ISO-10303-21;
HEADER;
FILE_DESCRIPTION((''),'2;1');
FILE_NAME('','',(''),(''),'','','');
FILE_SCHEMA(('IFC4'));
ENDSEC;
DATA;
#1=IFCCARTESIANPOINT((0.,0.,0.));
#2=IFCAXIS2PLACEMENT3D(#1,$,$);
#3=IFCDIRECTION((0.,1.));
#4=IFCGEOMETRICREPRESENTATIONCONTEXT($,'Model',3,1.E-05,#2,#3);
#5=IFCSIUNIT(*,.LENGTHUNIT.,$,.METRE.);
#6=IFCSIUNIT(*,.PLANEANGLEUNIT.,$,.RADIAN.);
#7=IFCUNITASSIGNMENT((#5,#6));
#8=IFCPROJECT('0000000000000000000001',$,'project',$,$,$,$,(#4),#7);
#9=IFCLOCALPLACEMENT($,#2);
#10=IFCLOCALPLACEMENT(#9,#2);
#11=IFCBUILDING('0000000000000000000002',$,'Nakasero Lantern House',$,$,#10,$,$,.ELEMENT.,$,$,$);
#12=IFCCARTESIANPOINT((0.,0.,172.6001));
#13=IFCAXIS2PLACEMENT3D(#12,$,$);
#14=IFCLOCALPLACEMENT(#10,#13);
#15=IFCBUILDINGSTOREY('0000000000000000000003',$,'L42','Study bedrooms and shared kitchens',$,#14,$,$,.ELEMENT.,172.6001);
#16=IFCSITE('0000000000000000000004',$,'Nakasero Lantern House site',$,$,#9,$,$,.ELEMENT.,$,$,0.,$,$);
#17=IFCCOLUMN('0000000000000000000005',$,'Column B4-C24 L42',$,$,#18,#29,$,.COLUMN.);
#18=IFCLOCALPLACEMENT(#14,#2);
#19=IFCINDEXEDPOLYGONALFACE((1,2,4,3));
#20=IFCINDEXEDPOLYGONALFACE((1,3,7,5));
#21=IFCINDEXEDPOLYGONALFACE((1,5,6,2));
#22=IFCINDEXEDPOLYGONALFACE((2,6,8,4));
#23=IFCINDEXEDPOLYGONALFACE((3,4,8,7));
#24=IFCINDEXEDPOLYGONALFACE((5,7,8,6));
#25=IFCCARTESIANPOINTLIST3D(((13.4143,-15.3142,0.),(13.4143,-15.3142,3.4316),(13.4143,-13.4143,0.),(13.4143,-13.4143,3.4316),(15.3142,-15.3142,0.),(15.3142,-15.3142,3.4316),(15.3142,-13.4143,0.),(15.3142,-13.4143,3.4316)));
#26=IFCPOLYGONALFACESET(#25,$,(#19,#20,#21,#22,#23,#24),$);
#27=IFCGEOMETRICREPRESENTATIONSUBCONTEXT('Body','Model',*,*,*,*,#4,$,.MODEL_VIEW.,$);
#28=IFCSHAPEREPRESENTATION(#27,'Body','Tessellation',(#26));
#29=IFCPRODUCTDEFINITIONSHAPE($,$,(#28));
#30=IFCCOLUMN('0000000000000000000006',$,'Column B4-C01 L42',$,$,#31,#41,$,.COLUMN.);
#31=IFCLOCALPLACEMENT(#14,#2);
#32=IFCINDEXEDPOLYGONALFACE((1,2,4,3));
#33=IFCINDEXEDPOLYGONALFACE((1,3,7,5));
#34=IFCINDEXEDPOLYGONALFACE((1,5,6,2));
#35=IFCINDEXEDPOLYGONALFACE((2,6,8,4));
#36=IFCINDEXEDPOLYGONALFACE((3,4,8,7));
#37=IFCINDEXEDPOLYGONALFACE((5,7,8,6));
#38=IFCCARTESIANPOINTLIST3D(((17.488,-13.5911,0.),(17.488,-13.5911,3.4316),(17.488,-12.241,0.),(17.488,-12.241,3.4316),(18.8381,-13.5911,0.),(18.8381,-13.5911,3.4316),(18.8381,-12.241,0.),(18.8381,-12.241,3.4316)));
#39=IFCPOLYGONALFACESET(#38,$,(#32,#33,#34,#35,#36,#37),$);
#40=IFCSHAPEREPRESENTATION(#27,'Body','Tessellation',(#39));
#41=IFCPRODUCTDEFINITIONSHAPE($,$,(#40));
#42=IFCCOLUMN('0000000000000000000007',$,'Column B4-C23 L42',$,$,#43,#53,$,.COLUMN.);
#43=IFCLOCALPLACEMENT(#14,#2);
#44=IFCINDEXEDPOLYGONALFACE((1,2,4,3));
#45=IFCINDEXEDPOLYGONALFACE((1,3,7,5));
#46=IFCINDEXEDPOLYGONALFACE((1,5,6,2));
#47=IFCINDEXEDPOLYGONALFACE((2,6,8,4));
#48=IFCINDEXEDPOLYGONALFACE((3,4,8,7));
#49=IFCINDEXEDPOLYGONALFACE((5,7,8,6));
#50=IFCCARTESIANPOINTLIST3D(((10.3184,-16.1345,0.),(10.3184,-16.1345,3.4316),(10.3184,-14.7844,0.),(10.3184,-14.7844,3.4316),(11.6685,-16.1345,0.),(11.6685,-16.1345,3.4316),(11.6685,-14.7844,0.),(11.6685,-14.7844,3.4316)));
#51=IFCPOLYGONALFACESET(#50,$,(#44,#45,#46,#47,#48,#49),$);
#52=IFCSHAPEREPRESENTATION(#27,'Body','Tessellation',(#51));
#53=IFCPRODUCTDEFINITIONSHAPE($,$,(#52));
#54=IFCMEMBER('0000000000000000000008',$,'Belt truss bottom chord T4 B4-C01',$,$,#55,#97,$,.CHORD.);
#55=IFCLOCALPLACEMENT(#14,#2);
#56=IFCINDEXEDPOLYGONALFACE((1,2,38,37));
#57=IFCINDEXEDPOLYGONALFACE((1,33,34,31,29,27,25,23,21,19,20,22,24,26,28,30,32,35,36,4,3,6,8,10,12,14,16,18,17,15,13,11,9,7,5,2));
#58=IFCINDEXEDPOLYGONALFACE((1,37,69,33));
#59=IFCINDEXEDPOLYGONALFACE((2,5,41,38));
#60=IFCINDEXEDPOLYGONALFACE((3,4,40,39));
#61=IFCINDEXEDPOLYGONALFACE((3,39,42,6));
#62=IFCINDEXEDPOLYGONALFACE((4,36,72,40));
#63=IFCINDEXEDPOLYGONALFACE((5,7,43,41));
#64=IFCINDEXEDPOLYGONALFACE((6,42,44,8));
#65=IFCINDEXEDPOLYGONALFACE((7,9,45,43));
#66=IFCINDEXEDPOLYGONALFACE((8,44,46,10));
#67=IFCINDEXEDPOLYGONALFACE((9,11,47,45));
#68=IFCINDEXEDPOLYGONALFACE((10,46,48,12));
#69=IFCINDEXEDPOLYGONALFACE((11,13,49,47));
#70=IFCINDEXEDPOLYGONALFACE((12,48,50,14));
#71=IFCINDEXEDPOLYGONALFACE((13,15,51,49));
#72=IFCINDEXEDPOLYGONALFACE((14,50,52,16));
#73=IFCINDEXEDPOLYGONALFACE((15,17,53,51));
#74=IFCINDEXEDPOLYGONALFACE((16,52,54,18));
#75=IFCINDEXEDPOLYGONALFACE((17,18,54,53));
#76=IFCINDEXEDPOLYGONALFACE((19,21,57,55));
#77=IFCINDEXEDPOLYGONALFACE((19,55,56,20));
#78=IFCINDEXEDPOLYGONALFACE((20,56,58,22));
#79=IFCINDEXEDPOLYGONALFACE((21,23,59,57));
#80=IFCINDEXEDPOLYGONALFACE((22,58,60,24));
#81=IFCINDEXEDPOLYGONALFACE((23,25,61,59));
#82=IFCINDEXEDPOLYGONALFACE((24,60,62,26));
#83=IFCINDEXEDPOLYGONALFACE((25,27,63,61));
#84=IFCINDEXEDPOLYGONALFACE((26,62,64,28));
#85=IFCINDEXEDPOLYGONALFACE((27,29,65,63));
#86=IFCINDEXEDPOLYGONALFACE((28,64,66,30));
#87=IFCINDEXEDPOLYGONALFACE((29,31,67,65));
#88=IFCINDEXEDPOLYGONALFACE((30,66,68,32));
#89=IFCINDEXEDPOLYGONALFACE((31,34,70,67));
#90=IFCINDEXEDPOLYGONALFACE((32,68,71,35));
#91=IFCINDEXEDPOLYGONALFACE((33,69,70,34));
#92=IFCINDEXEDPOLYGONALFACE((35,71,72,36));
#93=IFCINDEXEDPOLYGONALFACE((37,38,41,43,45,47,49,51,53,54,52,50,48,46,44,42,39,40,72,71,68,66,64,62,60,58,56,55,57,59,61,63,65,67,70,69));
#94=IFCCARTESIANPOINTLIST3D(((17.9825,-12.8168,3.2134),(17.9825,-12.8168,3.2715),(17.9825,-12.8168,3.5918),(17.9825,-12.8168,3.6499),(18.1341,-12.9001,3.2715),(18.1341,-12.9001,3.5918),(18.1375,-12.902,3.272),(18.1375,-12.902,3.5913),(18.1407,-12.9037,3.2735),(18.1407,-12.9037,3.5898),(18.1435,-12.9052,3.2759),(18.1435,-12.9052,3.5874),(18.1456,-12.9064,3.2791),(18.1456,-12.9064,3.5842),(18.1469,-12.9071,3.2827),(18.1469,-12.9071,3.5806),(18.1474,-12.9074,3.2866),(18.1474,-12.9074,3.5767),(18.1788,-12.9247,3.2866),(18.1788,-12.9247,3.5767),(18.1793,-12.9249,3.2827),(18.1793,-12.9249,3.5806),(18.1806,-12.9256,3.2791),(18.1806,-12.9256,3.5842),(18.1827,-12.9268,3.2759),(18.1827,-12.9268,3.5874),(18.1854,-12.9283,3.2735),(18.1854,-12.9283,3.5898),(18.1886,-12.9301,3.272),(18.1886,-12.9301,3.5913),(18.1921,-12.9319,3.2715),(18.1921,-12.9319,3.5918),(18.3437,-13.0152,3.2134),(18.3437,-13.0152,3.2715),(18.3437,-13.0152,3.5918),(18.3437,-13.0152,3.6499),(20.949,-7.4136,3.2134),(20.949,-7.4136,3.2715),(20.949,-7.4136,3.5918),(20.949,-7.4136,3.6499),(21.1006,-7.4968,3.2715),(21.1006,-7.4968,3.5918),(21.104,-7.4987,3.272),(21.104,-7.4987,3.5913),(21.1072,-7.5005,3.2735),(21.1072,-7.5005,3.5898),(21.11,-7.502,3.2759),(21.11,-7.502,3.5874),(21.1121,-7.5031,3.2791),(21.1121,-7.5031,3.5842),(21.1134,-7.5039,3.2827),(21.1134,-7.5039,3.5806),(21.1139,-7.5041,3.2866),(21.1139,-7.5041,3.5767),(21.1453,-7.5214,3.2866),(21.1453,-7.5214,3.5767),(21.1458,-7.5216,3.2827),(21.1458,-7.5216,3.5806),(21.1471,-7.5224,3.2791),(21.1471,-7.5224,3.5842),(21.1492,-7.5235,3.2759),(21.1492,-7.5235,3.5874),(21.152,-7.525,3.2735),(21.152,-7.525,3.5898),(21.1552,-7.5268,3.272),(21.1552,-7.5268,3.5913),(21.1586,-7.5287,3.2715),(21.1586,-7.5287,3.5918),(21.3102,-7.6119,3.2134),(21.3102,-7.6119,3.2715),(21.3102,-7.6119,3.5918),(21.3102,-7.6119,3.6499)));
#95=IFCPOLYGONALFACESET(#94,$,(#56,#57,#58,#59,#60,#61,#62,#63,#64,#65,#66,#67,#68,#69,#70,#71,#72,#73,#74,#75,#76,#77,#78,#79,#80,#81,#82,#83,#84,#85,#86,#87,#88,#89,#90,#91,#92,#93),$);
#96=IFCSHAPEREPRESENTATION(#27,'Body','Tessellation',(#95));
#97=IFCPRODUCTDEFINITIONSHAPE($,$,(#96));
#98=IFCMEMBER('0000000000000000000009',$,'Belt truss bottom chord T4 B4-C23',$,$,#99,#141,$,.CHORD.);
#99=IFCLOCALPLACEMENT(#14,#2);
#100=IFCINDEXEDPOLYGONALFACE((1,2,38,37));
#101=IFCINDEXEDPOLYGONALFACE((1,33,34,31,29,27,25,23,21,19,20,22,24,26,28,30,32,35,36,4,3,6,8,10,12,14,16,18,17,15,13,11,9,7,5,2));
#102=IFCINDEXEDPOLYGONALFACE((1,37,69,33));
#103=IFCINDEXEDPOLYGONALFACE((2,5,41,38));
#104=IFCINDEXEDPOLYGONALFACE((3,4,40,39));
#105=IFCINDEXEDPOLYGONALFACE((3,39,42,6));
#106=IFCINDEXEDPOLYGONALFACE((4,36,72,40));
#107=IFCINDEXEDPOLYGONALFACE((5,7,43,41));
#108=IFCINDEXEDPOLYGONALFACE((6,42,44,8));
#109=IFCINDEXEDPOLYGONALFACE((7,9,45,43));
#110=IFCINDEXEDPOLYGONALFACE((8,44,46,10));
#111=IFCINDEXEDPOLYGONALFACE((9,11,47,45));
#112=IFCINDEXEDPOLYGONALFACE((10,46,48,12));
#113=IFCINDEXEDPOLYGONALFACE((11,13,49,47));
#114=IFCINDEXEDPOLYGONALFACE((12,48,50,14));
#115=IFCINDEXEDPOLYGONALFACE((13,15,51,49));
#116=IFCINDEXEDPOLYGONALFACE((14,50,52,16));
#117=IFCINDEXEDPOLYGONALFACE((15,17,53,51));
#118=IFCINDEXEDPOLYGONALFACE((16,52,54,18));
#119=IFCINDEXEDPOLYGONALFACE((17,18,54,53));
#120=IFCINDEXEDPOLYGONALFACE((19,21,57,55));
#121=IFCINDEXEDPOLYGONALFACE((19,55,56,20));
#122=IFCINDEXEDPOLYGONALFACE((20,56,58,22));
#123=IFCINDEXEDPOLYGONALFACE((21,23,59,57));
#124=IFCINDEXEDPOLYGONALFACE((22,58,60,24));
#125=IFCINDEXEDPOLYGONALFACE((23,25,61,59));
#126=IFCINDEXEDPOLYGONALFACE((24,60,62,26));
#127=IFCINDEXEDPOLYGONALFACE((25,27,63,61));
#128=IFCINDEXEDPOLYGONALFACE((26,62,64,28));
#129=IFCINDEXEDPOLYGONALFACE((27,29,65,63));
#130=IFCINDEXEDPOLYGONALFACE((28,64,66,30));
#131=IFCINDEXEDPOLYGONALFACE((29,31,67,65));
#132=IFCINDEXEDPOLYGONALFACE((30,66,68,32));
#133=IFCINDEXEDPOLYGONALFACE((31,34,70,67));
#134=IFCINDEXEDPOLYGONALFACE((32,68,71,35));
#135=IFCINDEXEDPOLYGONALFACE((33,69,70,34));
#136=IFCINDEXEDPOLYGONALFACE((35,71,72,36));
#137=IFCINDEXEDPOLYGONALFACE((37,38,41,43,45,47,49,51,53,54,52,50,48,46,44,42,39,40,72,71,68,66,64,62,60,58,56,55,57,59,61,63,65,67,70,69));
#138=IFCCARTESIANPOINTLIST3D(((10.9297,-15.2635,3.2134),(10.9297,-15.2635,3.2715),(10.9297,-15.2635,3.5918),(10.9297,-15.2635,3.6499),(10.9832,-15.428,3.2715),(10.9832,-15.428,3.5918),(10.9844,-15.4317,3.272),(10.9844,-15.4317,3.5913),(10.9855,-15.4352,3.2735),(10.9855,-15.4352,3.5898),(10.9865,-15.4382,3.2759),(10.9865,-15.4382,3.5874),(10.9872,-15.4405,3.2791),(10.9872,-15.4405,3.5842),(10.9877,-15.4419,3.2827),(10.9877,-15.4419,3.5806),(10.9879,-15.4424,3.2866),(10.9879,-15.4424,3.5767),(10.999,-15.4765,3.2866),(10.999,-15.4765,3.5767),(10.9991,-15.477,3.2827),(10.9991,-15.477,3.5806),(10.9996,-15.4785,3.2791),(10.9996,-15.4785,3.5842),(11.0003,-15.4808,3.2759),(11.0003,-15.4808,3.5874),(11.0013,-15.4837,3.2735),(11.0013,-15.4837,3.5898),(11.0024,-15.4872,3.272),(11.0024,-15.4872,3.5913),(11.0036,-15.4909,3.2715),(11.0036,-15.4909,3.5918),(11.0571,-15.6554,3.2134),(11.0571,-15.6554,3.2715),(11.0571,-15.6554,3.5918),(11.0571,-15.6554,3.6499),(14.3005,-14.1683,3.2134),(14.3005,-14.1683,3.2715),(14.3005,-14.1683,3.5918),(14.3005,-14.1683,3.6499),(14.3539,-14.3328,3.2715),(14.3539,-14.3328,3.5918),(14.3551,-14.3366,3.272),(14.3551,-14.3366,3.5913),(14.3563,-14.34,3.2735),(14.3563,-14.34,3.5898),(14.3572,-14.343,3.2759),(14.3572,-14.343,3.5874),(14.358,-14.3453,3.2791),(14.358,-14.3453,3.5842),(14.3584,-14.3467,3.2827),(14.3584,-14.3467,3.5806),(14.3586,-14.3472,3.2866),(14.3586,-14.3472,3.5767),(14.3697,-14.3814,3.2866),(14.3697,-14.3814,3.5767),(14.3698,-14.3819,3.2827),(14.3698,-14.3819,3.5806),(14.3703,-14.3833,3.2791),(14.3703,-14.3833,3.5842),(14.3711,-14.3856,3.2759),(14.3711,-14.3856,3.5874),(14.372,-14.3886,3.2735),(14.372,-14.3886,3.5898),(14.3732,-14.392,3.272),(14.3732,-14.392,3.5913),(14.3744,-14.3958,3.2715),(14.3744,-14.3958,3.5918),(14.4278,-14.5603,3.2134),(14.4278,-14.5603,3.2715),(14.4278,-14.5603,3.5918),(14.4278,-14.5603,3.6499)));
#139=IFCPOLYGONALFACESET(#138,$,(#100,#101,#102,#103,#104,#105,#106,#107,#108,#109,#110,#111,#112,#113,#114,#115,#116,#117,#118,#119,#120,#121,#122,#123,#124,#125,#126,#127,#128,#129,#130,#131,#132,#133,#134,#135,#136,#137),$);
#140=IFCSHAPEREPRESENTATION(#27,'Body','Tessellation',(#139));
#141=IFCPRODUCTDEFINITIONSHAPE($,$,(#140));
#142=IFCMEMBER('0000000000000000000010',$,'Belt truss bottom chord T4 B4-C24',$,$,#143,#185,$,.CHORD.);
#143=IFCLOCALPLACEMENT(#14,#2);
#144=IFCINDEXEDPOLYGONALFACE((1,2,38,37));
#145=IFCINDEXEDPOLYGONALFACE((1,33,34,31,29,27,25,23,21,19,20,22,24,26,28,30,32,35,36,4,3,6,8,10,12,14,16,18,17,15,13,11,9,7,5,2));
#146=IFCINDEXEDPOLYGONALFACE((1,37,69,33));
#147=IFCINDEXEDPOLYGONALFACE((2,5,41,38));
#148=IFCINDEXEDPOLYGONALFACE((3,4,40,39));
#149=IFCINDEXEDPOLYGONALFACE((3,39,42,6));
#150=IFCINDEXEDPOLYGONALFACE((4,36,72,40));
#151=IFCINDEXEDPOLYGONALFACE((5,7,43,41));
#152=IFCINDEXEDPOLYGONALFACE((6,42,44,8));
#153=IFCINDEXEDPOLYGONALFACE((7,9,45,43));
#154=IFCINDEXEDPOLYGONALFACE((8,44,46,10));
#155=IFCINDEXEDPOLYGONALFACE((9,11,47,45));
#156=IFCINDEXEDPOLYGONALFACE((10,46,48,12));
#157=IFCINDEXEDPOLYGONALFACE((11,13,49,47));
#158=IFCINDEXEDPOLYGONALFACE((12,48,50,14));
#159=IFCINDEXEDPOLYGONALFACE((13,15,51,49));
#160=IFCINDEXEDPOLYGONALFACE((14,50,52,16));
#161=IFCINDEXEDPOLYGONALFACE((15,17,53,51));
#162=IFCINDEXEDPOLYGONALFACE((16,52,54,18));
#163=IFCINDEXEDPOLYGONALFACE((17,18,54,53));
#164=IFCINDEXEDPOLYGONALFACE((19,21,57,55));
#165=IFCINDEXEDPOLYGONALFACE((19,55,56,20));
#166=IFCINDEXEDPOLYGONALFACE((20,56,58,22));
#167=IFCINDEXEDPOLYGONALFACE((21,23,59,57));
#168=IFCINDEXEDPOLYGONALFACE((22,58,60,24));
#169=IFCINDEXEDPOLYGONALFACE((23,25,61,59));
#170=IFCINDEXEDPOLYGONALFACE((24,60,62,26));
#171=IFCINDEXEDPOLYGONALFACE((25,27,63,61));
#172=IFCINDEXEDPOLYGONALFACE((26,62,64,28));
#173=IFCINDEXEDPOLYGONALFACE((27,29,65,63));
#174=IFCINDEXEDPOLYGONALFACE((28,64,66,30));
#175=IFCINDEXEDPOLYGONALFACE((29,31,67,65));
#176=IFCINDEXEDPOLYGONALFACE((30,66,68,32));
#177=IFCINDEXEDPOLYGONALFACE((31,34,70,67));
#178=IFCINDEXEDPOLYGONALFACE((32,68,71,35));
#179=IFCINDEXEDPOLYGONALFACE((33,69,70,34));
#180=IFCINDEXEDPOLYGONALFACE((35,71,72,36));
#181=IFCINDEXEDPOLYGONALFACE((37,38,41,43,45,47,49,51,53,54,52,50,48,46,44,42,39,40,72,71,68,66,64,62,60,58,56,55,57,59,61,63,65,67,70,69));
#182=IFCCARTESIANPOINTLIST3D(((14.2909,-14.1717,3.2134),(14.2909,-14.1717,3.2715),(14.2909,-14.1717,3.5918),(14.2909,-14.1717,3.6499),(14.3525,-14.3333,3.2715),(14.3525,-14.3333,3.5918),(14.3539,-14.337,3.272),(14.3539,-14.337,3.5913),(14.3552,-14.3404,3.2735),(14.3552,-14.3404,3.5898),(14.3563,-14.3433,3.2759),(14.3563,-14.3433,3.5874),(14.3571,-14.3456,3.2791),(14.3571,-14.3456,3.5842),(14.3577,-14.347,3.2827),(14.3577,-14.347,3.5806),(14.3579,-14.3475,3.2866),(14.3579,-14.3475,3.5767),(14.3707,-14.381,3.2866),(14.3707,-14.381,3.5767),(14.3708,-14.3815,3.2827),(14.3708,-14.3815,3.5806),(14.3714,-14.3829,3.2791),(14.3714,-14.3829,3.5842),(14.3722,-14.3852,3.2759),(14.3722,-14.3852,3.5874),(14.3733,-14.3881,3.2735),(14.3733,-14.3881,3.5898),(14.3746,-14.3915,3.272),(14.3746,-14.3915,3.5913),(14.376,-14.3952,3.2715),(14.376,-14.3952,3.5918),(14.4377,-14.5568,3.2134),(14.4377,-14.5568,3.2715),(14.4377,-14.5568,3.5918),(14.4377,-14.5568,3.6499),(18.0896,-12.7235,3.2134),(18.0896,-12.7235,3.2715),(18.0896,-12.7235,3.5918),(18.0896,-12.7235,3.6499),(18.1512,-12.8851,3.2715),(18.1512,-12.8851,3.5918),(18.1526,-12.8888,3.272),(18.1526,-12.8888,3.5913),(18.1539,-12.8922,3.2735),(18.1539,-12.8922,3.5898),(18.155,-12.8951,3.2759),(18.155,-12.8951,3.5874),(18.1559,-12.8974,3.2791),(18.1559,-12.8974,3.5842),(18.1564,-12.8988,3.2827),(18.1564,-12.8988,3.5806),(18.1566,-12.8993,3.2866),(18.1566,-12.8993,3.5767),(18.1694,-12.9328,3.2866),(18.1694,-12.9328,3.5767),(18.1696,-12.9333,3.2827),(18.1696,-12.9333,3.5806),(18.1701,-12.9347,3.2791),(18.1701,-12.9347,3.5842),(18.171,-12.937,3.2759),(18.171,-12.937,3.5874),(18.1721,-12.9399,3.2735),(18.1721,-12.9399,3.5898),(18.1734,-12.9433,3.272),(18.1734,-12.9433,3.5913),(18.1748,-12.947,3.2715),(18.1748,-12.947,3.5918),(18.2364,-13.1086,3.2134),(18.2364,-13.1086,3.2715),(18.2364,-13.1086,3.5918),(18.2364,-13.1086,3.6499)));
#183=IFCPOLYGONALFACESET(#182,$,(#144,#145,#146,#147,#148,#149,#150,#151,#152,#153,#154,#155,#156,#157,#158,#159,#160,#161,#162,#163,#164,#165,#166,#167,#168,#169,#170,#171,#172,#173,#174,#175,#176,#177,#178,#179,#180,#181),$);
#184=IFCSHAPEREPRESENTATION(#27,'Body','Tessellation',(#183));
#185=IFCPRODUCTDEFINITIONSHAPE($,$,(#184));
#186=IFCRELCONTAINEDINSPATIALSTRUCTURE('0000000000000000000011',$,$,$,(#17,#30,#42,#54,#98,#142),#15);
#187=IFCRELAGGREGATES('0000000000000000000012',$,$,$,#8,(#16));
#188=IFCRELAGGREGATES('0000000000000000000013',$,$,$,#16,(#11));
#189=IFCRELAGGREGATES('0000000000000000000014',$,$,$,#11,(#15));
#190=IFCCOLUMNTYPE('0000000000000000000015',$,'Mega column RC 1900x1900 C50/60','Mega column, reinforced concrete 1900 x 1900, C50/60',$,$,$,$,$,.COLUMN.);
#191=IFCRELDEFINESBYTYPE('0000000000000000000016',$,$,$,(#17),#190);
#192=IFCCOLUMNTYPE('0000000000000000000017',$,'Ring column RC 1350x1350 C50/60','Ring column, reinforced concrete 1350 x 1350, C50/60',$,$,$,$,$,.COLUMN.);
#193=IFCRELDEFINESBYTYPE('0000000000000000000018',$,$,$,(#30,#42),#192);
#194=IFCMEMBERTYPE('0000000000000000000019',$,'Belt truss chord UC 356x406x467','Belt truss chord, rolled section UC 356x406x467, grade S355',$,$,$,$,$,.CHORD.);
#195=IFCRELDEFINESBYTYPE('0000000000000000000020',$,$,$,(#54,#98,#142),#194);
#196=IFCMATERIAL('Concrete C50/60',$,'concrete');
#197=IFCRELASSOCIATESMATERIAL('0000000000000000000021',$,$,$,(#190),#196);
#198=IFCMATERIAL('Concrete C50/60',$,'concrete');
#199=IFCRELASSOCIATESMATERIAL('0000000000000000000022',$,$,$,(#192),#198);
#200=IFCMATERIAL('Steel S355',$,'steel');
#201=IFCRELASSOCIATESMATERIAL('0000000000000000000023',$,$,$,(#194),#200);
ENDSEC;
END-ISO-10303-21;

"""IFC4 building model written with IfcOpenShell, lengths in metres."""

from ifc_helpers import new_model, si_unit, direction, frame, origin, origin_2d, place, context, subcontext, project, spatial, rectangle, i_section, extrude, material, material_profile, profile_set, type_object, element, save


model = new_model("IFC4")

# Units and contexts
model_context = context("Model", 3, precision=1e-05, world=origin(), true_north=direction((0.0, 1.0)))
body_context = subcontext(model_context, "Body", "Model", "MODEL_VIEW")
ifc_project = project(units=[si_unit("LENGTHUNIT", "METRE"), si_unit("PLANEANGLEUNIT", "RADIAN")], contexts=[model_context])

# Site, building, storey
site_placement = place(None, origin())
site = spatial("IfcSite", under=ifc_project, at=site_placement, Name="Nakasero Lantern House site", CompositionType="ELEMENT", RefElevation=0.0)
building_placement = place(site_placement, origin())
building = spatial("IfcBuilding", under=site, at=building_placement, Name="Nakasero Lantern House", CompositionType="ELEMENT")
storey_placement = place(building_placement, frame((0.0, 0.0, 172.6001)))
storey = spatial("IfcBuildingStorey", under=building, at=storey_placement, Name="L42", Description="Study bedrooms and shared kitchens", CompositionType="ELEMENT", Elevation=172.6001)

# Columns
ifc_material_1 = material(Name="Concrete C50/60", Category="concrete")
ifc_material_profile_1 = material_profile(ifc_material_1, rectangle(XDim=1.8999, YDim=1.8999, at=origin_2d()), Name="RC 1900x1900")
ifc_profile_set_1 = profile_set([ifc_material_profile_1], Name="Concrete C50/60")
column_type_1 = type_object("IfcColumnType", Name="Mega column RC 1900x1900 C50/60", Description="Mega column, reinforced concrete 1900 x 1900, C50/60", PredefinedType="COLUMN", material=ifc_profile_set_1)
column_placement = place(storey_placement, frame((14.3643, -14.3643, 0.0), z_axis=(0.0, 0.0, 1.0), x_axis=(1.0, 0.0, 0.0)))
element("IfcColumn", 1, at=column_placement, inside=storey, type_object=column_type_1, Name="Column B4-C24 L42", PredefinedType="COLUMN", context=body_context, shape_type="SweptSolid", body=[
    extrude(rectangle(XDim=1.8999, YDim=1.8999, at=origin_2d()), origin(), (0.0, 0.0, 1.0), 3.4316),
])
ifc_material_2 = material(Name="Concrete C50/60", Category="concrete")
ifc_material_profile_2 = material_profile(ifc_material_2, rectangle(XDim=1.3501, YDim=1.3501, at=origin_2d()), Name="RC 1350x1350")
ifc_profile_set_2 = profile_set([ifc_material_profile_2], Name="Concrete C50/60")
column_type_2 = type_object("IfcColumnType", Name="Ring column RC 1350x1350 C50/60", Description="Ring column, reinforced concrete 1350 x 1350, C50/60", PredefinedType="COLUMN", material=ifc_profile_set_2)
for number, where, z_axis, x_axis, name in (
    (2, (18.1631, -12.916, 0.0), (0.0, 0.0, 1.0), (1.0, 0.0, 0.0), "Column B4-C01 L42"),
    (3, (10.9934, -15.4595, 0.0), (0.0, 0.0, 1.0), (1.0, 0.0, 0.0), "Column B4-C23 L42"),
):
    element("IfcColumn", number, at=place(storey_placement, frame(where, z_axis=z_axis, x_axis=x_axis)), inside=storey, type_object=column_type_2, Name=name, PredefinedType="COLUMN", context=body_context, shape_type="SweptSolid", body=[
        extrude(rectangle(XDim=1.3501, YDim=1.3501, at=origin_2d()), origin(), (0.0, 0.0, 1.0), 3.4316),
    ])

# Members
ifc_material_3 = material(Name="Steel S355", Category="steel")
ifc_material_profile_3 = material_profile(ifc_material_3, i_section(OverallWidth=0.4121, OverallDepth=0.4365, WebThickness=0.0359, FlangeThickness=0.0581, FilletRadius=0.0151, at=origin_2d()), Name="UC 356x406x467")
ifc_profile_set_3 = profile_set([ifc_material_profile_3], Name="Steel S355")
member_type = type_object("IfcMemberType", Name="Belt truss chord UC 356x406x467", Description="Belt truss chord, rolled section UC 356x406x467, grade S355", PredefinedType="CHORD", material=ifc_profile_set_3)
member_1_placement = place(storey_placement, frame((18.1631, -12.916, 3.4316), z_axis=(0.481262, 0.876577, 0.0), x_axis=(-0.876577, 0.481262, 0.0)))
element("IfcMember", 4, at=member_1_placement, inside=storey, type_object=member_type, Name="Belt truss bottom chord T4 B4-C01", PredefinedType="CHORD", context=body_context, shape_type="SweptSolid", body=[
    extrude(i_section(OverallWidth=0.4121, OverallDepth=0.4365, WebThickness=0.0359, FlangeThickness=0.0581, FilletRadius=0.0151, at=origin_2d()), origin(), (0.0, 0.0, 1.0), 6.1641),
])
member_2_placement = place(storey_placement, frame((10.9934, -15.4595, 3.4316), z_axis=(0.95106, 0.309007, 0.0), x_axis=(-0.309007, 0.95106, 0.0)))
element("IfcMember", 5, at=member_2_placement, inside=storey, type_object=member_type, Name="Belt truss bottom chord T4 B4-C23", PredefinedType="CHORD", context=body_context, shape_type="SweptSolid", body=[
    extrude(i_section(OverallWidth=0.4121, OverallDepth=0.4365, WebThickness=0.0359, FlangeThickness=0.0581, FilletRadius=0.0151, at=origin_2d()), origin(), (0.0, 0.0, 1.0), 3.5442),
])
member_3_placement = place(storey_placement, frame((14.3643, -14.3643, 3.4316), z_axis=(0.9344, 0.356225, 0.0), x_axis=(-0.356225, 0.9344, 0.0)))
element("IfcMember", 6, at=member_3_placement, inside=storey, type_object=member_type, Name="Belt truss bottom chord T4 B4-C24", PredefinedType="CHORD", context=body_context, shape_type="SweptSolid", body=[
    extrude(i_section(OverallWidth=0.4121, OverallDepth=0.4365, WebThickness=0.0359, FlangeThickness=0.0581, FilletRadius=0.0151, at=origin_2d()), origin(), (0.0, 0.0, 1.0), 4.0654),
])

save(model, "model.ifc")
